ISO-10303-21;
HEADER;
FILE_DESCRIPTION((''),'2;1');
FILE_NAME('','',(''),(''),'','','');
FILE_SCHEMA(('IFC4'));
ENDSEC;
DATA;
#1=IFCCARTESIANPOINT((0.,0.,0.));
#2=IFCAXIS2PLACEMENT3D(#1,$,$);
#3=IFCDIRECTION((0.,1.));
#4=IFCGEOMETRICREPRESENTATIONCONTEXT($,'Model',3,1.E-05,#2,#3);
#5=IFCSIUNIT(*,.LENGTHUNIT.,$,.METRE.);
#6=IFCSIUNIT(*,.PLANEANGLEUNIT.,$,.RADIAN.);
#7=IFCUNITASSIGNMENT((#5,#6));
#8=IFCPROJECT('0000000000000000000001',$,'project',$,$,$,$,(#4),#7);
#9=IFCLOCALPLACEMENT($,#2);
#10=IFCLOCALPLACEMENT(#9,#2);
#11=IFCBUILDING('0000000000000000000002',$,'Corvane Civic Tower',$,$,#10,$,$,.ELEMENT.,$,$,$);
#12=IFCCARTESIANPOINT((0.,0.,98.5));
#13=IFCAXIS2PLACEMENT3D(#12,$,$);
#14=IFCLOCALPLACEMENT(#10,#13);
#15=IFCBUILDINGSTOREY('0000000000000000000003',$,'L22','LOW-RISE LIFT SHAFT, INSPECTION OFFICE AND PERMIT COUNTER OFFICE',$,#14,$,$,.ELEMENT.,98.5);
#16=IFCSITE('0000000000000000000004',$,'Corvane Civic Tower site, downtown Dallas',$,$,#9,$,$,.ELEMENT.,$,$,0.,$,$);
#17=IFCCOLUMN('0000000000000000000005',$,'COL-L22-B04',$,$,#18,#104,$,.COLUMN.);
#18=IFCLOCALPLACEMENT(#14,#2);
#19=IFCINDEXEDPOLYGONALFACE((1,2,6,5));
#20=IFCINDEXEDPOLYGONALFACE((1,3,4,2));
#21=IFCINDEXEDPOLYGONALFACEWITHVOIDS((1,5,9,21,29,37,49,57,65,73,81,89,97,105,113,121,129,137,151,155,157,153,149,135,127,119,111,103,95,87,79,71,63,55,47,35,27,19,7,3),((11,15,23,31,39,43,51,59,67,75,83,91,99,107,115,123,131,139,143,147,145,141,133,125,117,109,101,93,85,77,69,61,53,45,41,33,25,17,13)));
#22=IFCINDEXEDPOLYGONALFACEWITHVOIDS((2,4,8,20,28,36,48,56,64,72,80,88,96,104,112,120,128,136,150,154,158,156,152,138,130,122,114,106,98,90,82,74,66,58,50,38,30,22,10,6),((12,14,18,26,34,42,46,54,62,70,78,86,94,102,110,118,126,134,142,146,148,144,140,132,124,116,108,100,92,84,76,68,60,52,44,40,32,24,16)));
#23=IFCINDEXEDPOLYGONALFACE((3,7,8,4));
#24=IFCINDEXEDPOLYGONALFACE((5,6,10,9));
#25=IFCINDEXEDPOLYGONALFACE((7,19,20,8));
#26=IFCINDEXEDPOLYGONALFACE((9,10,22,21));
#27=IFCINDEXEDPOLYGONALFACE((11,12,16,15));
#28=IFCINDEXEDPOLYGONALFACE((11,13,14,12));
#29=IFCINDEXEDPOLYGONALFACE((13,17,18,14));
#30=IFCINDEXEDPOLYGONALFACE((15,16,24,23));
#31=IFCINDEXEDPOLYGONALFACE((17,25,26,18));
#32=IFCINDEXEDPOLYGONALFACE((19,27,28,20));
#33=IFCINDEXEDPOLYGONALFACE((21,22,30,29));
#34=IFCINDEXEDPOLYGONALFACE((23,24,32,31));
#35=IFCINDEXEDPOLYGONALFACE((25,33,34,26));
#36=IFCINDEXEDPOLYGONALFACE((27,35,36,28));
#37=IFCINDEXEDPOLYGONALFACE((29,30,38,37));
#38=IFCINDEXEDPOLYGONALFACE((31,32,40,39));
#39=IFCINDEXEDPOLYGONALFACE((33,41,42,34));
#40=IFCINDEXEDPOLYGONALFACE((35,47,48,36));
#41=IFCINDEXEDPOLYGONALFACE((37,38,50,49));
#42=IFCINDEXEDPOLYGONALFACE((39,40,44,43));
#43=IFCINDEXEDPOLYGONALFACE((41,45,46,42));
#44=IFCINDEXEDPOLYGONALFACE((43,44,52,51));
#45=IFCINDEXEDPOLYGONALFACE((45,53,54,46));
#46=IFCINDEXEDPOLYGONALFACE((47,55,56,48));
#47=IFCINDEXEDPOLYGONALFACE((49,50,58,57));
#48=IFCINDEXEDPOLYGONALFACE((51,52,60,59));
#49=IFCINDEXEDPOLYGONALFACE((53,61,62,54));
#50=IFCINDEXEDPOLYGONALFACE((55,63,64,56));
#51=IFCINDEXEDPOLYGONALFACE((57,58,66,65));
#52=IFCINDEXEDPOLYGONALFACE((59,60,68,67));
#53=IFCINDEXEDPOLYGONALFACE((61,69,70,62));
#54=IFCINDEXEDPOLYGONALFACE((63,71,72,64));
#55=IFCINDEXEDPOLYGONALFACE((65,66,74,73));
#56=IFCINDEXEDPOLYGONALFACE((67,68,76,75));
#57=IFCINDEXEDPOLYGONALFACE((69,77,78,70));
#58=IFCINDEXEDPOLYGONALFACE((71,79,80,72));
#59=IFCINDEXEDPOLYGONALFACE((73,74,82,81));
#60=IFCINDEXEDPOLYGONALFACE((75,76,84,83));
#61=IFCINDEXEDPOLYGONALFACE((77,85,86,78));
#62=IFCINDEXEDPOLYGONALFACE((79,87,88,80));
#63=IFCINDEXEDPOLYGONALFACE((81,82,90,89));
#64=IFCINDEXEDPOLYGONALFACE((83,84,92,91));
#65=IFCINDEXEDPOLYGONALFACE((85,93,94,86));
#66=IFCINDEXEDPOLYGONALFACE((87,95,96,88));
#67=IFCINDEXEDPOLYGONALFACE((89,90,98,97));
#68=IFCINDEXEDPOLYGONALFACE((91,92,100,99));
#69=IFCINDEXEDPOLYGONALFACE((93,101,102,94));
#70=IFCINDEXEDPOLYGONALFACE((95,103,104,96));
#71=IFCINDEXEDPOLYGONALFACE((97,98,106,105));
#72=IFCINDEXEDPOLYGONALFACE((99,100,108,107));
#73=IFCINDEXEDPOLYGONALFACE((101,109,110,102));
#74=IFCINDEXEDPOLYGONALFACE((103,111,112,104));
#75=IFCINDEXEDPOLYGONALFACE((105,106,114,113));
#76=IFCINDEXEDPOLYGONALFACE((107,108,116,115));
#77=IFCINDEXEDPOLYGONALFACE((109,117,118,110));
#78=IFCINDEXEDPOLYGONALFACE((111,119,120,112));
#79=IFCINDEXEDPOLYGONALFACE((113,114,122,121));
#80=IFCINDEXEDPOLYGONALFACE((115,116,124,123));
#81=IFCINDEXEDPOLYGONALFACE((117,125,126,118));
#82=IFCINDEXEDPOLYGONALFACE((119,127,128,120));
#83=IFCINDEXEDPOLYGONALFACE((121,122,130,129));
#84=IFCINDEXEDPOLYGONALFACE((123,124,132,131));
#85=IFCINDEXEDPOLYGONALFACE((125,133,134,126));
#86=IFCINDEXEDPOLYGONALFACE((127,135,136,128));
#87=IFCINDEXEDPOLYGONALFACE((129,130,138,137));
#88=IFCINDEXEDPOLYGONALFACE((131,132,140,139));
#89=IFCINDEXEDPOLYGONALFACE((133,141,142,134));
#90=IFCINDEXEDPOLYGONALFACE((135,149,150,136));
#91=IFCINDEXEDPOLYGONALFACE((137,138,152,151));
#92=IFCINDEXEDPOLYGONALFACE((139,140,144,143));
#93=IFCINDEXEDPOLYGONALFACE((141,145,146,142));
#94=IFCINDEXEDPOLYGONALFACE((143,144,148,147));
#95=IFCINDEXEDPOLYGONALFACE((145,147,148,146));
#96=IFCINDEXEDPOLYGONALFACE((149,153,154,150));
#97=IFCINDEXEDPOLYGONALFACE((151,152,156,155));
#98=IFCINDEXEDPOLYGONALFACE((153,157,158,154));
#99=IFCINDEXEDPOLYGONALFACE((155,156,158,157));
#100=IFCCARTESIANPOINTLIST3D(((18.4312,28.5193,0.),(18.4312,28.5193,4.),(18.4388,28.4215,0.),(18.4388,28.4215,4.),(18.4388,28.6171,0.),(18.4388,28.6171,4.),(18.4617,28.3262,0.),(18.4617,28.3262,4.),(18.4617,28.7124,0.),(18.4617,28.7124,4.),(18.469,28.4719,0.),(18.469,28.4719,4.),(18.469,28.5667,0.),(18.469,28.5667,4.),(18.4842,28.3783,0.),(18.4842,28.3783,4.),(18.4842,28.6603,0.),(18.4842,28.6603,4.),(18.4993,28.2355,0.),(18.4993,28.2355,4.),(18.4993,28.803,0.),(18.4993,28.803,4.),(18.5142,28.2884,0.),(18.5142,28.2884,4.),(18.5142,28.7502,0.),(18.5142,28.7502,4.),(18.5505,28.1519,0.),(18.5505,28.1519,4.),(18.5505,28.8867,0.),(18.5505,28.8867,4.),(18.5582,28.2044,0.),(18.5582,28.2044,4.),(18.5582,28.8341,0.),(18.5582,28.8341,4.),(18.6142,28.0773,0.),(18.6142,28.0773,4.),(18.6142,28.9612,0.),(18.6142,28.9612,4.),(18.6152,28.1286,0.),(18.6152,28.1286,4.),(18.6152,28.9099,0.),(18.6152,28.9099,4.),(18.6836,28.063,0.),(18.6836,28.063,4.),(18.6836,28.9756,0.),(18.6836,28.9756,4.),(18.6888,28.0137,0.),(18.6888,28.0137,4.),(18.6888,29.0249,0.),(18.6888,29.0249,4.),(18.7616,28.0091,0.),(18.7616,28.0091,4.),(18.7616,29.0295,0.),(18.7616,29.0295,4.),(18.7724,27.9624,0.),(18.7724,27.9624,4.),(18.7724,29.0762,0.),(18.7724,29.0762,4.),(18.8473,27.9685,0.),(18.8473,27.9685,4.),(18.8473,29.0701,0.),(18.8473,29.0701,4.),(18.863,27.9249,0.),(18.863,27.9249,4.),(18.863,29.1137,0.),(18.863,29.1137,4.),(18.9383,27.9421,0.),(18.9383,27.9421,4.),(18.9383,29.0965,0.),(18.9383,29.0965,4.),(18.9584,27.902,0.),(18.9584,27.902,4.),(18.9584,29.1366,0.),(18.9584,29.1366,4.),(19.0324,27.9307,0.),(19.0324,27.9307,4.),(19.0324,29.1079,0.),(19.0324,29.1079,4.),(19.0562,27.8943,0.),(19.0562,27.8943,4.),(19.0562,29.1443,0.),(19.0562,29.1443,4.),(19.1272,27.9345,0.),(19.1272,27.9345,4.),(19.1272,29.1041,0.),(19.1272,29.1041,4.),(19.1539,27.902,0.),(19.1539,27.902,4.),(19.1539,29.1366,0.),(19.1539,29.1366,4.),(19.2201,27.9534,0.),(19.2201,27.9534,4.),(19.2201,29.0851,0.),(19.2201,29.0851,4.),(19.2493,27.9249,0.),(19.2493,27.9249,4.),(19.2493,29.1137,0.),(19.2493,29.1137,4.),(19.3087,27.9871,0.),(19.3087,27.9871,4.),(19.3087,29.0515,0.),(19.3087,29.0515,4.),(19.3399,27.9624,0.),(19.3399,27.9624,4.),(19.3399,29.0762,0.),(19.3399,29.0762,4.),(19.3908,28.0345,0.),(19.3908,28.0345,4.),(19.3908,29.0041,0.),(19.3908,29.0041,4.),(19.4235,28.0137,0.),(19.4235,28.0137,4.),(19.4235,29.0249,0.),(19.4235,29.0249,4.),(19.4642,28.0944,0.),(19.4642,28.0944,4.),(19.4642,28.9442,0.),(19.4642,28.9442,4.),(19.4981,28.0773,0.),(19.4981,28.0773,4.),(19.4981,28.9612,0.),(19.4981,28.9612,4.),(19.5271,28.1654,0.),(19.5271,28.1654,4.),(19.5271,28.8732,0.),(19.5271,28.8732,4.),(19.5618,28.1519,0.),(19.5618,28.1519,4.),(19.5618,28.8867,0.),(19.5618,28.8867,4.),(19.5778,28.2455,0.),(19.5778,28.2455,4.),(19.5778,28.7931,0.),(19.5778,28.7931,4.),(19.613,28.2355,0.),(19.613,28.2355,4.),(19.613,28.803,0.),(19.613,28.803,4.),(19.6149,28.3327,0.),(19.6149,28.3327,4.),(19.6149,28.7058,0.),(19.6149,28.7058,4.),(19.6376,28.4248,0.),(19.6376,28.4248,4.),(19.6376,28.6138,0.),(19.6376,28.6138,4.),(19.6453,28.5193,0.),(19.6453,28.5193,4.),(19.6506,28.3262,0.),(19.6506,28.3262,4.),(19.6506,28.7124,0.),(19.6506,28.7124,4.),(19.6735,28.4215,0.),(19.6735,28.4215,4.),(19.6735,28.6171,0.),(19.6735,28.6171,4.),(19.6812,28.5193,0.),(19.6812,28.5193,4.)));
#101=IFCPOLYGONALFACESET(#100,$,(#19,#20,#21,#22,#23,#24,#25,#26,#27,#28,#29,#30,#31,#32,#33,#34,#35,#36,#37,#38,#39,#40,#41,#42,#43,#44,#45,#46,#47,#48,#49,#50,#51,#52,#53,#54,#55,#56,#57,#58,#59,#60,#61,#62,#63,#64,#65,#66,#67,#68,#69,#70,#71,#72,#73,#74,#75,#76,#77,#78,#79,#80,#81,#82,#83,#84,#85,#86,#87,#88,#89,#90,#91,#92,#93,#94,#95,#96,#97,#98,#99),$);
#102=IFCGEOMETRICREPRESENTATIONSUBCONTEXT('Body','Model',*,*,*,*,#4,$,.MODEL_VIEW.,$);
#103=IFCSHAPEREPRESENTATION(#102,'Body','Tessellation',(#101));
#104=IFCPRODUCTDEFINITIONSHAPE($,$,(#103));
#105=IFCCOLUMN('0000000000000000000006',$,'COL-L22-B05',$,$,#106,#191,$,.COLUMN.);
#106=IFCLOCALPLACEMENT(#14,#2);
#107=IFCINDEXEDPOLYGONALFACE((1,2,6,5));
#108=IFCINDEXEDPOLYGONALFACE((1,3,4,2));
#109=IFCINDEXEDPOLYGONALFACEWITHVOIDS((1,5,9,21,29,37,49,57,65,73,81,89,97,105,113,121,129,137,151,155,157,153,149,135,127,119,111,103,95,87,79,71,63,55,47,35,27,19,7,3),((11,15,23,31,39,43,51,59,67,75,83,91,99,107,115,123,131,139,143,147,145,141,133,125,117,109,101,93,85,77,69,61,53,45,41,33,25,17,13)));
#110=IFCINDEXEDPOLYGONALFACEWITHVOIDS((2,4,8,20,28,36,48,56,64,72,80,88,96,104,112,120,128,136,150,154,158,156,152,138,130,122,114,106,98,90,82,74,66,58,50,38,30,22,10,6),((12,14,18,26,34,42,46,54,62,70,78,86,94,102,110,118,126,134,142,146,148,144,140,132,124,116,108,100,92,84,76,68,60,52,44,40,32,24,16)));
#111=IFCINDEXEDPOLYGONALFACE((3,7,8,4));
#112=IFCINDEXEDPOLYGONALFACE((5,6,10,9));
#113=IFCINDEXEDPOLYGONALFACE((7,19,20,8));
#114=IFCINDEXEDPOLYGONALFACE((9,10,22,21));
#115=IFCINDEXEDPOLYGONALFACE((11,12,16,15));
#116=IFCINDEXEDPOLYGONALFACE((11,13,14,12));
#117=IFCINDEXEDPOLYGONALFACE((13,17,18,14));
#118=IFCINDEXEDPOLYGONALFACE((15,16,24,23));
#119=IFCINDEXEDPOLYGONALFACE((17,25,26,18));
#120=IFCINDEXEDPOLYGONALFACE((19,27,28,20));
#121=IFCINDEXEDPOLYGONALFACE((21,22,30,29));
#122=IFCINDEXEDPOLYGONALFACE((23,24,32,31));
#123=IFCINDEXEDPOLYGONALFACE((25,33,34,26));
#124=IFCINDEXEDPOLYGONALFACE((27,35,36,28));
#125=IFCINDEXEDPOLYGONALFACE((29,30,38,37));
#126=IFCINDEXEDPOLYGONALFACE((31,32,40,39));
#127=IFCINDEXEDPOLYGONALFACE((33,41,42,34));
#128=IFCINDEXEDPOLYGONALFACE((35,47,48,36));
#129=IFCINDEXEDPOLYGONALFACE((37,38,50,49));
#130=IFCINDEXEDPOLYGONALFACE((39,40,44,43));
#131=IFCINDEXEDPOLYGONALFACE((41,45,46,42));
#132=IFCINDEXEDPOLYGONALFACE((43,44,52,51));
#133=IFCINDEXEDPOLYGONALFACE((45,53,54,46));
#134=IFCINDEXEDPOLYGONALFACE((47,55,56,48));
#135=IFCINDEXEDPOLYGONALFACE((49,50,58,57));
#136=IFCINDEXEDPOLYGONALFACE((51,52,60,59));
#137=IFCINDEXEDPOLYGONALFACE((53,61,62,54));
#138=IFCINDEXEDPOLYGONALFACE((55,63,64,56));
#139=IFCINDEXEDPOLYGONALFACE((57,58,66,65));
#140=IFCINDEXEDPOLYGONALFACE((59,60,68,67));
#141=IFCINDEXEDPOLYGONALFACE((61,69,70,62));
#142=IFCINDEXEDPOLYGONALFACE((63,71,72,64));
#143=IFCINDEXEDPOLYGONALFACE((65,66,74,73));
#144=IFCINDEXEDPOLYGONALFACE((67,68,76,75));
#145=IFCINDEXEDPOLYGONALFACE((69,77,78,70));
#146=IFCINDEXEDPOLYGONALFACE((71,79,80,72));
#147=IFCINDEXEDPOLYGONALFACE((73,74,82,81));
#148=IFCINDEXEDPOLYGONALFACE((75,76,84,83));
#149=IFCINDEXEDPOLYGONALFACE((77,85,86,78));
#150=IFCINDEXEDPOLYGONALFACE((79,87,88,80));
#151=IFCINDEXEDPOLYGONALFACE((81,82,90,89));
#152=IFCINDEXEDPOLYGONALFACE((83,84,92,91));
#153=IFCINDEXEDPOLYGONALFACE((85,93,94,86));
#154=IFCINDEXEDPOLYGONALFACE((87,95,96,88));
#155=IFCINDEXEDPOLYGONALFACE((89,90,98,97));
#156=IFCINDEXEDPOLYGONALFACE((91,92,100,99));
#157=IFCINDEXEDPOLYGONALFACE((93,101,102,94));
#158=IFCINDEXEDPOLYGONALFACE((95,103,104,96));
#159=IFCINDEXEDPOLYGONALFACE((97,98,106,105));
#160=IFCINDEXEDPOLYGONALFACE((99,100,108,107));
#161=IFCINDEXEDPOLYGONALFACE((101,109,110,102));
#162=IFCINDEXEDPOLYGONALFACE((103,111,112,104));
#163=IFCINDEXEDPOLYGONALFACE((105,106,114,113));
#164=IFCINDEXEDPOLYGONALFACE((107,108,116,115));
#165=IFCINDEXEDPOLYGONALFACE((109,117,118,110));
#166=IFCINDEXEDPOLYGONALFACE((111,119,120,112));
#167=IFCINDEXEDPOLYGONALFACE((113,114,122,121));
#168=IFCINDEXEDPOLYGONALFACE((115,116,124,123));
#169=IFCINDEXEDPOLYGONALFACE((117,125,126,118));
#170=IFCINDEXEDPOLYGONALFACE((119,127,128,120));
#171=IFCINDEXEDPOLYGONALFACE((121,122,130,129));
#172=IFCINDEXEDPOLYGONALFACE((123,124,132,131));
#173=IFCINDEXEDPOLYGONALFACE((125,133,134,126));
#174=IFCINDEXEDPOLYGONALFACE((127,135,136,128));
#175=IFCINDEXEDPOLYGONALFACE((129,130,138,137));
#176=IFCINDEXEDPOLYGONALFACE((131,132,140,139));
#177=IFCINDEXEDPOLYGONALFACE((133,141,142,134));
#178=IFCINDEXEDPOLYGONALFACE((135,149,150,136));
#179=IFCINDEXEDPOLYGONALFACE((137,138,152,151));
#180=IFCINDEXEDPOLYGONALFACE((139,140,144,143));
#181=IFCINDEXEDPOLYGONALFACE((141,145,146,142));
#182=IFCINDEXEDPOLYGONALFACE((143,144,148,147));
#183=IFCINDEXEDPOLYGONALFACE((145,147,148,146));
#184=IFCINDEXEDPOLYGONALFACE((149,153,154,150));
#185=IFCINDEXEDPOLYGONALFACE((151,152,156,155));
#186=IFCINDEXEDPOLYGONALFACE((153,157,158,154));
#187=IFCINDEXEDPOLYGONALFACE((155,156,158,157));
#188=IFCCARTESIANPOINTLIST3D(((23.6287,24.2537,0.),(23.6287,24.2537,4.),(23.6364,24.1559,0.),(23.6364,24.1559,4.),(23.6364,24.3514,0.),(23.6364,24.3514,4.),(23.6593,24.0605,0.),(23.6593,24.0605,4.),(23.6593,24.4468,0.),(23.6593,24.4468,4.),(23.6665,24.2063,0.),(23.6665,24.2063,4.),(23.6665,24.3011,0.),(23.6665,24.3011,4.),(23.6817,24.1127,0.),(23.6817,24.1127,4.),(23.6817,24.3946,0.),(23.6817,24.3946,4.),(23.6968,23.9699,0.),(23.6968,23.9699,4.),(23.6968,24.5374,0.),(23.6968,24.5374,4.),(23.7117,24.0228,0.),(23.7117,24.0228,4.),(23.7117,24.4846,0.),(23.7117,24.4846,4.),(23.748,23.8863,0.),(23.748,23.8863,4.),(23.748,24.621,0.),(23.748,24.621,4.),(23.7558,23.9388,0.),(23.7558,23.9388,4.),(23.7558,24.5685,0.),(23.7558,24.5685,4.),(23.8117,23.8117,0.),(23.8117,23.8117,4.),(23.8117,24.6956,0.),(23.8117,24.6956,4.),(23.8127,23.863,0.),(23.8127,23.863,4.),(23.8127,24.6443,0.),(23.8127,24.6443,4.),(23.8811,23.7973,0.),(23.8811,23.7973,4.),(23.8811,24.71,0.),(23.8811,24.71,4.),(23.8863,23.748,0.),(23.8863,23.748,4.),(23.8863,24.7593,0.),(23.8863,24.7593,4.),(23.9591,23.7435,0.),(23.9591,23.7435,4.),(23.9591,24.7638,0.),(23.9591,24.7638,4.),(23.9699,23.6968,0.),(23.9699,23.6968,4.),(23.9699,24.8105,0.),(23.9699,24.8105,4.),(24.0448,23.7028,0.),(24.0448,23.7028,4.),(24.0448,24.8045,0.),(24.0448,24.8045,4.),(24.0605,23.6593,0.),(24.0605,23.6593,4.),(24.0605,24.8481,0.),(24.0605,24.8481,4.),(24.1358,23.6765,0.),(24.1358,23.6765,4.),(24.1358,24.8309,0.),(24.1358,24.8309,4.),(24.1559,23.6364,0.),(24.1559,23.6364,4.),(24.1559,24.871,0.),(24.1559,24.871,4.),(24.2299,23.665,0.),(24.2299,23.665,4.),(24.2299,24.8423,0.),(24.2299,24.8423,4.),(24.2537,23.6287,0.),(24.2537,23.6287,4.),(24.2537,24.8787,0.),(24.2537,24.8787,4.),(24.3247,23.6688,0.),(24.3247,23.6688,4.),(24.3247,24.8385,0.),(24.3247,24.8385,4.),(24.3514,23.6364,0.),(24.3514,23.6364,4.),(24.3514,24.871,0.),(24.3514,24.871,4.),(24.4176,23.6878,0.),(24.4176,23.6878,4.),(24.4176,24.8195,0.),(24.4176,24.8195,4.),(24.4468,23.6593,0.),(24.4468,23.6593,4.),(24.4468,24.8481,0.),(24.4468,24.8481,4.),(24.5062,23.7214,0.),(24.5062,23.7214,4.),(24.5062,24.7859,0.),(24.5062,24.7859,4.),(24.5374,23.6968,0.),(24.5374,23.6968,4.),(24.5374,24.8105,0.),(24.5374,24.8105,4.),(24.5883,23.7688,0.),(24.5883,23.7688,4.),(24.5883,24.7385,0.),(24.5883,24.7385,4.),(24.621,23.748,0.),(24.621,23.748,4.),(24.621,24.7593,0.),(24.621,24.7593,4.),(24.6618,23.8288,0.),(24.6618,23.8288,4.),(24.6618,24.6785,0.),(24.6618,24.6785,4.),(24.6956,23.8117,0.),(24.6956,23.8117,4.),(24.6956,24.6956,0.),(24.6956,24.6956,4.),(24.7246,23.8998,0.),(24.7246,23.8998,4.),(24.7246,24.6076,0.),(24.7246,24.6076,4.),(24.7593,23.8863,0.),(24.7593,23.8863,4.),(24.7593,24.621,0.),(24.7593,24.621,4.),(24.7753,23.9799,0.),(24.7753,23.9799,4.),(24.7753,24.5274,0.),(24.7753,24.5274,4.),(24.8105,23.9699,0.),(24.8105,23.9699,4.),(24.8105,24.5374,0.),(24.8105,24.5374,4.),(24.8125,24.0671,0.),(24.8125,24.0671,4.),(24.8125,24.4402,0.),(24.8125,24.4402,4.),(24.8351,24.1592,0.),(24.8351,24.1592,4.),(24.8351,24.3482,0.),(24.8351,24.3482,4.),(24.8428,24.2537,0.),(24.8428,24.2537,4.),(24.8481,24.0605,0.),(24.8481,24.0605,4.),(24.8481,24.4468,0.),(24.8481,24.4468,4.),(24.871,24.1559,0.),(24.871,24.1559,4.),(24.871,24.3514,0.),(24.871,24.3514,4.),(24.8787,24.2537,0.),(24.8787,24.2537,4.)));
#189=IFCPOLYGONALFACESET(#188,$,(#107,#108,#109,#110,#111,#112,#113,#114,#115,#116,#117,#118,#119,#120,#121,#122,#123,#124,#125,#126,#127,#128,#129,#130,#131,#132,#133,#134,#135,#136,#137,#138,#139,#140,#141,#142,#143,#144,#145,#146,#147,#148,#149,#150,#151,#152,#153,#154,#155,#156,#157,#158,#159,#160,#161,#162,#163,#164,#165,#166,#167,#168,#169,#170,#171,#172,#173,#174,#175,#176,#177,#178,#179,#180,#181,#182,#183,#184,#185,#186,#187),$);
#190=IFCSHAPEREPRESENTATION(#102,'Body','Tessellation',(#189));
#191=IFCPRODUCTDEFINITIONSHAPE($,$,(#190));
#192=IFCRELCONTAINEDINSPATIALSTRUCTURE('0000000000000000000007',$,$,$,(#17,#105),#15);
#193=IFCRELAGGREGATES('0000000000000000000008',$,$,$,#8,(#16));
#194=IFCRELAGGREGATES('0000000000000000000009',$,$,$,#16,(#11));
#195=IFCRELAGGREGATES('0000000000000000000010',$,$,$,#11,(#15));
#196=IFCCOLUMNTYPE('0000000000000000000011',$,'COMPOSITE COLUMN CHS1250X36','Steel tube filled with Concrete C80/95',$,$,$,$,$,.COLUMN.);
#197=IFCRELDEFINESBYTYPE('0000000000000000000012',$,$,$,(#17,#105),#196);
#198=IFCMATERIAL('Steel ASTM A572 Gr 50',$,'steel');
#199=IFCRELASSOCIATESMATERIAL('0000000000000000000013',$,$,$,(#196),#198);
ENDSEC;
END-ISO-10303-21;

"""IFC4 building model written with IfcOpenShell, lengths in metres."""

from ifc_helpers import new_model, si_unit, direction, frame, origin, origin_2d, place, context, subcontext, project, spatial, hollow_circle, extrude, material, material_profile, profile_set, type_object, element, save


model = new_model("IFC4")

# Units and contexts
model_context = context("Model", 3, precision=1e-05, world=origin(), true_north=direction((0.0, 1.0)))
body_context = subcontext(model_context, "Body", "Model", "MODEL_VIEW")
ifc_project = project(units=[si_unit("LENGTHUNIT", "METRE"), si_unit("PLANEANGLEUNIT", "RADIAN")], contexts=[model_context])

# Site, building, storey
site_placement = place(None, origin())
site = spatial("IfcSite", under=ifc_project, at=site_placement, Name="Corvane Civic Tower site, downtown Dallas", CompositionType="ELEMENT", RefElevation=0.0)
building_placement = place(site_placement, origin())
building = spatial("IfcBuilding", under=site, at=building_placement, Name="Corvane Civic Tower", CompositionType="ELEMENT")
storey_placement = place(building_placement, frame((0.0, 0.0, 98.5)))
storey = spatial("IfcBuildingStorey", under=building, at=storey_placement, Name="L22", Description="LOW-RISE LIFT SHAFT, INSPECTION OFFICE AND PERMIT COUNTER OFFICE", CompositionType="ELEMENT", Elevation=98.5)

# Columns
ifc_material_1 = material(Name="Steel ASTM A572 Gr 50", Category="steel")
ifc_material_profile_1 = material_profile(ifc_material_1, hollow_circle(Radius=0.625, WallThickness=0.0359, at=origin_2d()), Name="CHS1250X36")
ifc_profile_set_1 = profile_set([ifc_material_profile_1], Name="Steel ASTM A572 Gr 50")
column_type = type_object("IfcColumnType", Name="COMPOSITE COLUMN CHS1250X36", Description="Steel tube filled with Concrete C80/95", PredefinedType="COLUMN", material=ifc_profile_set_1)
for number, where, z_axis, x_axis, name in (
    (1, (19.0562, 28.5193, 0.0), (0.0, 0.0, 1.0), (1.0, 0.0, 0.0), "COL-L22-B04"),
    (2, (24.2537, 24.2537, 0.0), (0.0, 0.0, 1.0), (1.0, 0.0, 0.0), "COL-L22-B05"),
):
    element("IfcColumn", number, at=place(storey_placement, frame(where, z_axis=z_axis, x_axis=x_axis)), inside=storey, type_object=column_type, Name=name, PredefinedType="COLUMN", context=body_context, shape_type="SweptSolid", body=[
        extrude(hollow_circle(Radius=0.625, WallThickness=0.0359, at=origin_2d()), origin(), (0.0, 0.0, 1.0), 4.0),
    ])

save(model, "model.ifc")
